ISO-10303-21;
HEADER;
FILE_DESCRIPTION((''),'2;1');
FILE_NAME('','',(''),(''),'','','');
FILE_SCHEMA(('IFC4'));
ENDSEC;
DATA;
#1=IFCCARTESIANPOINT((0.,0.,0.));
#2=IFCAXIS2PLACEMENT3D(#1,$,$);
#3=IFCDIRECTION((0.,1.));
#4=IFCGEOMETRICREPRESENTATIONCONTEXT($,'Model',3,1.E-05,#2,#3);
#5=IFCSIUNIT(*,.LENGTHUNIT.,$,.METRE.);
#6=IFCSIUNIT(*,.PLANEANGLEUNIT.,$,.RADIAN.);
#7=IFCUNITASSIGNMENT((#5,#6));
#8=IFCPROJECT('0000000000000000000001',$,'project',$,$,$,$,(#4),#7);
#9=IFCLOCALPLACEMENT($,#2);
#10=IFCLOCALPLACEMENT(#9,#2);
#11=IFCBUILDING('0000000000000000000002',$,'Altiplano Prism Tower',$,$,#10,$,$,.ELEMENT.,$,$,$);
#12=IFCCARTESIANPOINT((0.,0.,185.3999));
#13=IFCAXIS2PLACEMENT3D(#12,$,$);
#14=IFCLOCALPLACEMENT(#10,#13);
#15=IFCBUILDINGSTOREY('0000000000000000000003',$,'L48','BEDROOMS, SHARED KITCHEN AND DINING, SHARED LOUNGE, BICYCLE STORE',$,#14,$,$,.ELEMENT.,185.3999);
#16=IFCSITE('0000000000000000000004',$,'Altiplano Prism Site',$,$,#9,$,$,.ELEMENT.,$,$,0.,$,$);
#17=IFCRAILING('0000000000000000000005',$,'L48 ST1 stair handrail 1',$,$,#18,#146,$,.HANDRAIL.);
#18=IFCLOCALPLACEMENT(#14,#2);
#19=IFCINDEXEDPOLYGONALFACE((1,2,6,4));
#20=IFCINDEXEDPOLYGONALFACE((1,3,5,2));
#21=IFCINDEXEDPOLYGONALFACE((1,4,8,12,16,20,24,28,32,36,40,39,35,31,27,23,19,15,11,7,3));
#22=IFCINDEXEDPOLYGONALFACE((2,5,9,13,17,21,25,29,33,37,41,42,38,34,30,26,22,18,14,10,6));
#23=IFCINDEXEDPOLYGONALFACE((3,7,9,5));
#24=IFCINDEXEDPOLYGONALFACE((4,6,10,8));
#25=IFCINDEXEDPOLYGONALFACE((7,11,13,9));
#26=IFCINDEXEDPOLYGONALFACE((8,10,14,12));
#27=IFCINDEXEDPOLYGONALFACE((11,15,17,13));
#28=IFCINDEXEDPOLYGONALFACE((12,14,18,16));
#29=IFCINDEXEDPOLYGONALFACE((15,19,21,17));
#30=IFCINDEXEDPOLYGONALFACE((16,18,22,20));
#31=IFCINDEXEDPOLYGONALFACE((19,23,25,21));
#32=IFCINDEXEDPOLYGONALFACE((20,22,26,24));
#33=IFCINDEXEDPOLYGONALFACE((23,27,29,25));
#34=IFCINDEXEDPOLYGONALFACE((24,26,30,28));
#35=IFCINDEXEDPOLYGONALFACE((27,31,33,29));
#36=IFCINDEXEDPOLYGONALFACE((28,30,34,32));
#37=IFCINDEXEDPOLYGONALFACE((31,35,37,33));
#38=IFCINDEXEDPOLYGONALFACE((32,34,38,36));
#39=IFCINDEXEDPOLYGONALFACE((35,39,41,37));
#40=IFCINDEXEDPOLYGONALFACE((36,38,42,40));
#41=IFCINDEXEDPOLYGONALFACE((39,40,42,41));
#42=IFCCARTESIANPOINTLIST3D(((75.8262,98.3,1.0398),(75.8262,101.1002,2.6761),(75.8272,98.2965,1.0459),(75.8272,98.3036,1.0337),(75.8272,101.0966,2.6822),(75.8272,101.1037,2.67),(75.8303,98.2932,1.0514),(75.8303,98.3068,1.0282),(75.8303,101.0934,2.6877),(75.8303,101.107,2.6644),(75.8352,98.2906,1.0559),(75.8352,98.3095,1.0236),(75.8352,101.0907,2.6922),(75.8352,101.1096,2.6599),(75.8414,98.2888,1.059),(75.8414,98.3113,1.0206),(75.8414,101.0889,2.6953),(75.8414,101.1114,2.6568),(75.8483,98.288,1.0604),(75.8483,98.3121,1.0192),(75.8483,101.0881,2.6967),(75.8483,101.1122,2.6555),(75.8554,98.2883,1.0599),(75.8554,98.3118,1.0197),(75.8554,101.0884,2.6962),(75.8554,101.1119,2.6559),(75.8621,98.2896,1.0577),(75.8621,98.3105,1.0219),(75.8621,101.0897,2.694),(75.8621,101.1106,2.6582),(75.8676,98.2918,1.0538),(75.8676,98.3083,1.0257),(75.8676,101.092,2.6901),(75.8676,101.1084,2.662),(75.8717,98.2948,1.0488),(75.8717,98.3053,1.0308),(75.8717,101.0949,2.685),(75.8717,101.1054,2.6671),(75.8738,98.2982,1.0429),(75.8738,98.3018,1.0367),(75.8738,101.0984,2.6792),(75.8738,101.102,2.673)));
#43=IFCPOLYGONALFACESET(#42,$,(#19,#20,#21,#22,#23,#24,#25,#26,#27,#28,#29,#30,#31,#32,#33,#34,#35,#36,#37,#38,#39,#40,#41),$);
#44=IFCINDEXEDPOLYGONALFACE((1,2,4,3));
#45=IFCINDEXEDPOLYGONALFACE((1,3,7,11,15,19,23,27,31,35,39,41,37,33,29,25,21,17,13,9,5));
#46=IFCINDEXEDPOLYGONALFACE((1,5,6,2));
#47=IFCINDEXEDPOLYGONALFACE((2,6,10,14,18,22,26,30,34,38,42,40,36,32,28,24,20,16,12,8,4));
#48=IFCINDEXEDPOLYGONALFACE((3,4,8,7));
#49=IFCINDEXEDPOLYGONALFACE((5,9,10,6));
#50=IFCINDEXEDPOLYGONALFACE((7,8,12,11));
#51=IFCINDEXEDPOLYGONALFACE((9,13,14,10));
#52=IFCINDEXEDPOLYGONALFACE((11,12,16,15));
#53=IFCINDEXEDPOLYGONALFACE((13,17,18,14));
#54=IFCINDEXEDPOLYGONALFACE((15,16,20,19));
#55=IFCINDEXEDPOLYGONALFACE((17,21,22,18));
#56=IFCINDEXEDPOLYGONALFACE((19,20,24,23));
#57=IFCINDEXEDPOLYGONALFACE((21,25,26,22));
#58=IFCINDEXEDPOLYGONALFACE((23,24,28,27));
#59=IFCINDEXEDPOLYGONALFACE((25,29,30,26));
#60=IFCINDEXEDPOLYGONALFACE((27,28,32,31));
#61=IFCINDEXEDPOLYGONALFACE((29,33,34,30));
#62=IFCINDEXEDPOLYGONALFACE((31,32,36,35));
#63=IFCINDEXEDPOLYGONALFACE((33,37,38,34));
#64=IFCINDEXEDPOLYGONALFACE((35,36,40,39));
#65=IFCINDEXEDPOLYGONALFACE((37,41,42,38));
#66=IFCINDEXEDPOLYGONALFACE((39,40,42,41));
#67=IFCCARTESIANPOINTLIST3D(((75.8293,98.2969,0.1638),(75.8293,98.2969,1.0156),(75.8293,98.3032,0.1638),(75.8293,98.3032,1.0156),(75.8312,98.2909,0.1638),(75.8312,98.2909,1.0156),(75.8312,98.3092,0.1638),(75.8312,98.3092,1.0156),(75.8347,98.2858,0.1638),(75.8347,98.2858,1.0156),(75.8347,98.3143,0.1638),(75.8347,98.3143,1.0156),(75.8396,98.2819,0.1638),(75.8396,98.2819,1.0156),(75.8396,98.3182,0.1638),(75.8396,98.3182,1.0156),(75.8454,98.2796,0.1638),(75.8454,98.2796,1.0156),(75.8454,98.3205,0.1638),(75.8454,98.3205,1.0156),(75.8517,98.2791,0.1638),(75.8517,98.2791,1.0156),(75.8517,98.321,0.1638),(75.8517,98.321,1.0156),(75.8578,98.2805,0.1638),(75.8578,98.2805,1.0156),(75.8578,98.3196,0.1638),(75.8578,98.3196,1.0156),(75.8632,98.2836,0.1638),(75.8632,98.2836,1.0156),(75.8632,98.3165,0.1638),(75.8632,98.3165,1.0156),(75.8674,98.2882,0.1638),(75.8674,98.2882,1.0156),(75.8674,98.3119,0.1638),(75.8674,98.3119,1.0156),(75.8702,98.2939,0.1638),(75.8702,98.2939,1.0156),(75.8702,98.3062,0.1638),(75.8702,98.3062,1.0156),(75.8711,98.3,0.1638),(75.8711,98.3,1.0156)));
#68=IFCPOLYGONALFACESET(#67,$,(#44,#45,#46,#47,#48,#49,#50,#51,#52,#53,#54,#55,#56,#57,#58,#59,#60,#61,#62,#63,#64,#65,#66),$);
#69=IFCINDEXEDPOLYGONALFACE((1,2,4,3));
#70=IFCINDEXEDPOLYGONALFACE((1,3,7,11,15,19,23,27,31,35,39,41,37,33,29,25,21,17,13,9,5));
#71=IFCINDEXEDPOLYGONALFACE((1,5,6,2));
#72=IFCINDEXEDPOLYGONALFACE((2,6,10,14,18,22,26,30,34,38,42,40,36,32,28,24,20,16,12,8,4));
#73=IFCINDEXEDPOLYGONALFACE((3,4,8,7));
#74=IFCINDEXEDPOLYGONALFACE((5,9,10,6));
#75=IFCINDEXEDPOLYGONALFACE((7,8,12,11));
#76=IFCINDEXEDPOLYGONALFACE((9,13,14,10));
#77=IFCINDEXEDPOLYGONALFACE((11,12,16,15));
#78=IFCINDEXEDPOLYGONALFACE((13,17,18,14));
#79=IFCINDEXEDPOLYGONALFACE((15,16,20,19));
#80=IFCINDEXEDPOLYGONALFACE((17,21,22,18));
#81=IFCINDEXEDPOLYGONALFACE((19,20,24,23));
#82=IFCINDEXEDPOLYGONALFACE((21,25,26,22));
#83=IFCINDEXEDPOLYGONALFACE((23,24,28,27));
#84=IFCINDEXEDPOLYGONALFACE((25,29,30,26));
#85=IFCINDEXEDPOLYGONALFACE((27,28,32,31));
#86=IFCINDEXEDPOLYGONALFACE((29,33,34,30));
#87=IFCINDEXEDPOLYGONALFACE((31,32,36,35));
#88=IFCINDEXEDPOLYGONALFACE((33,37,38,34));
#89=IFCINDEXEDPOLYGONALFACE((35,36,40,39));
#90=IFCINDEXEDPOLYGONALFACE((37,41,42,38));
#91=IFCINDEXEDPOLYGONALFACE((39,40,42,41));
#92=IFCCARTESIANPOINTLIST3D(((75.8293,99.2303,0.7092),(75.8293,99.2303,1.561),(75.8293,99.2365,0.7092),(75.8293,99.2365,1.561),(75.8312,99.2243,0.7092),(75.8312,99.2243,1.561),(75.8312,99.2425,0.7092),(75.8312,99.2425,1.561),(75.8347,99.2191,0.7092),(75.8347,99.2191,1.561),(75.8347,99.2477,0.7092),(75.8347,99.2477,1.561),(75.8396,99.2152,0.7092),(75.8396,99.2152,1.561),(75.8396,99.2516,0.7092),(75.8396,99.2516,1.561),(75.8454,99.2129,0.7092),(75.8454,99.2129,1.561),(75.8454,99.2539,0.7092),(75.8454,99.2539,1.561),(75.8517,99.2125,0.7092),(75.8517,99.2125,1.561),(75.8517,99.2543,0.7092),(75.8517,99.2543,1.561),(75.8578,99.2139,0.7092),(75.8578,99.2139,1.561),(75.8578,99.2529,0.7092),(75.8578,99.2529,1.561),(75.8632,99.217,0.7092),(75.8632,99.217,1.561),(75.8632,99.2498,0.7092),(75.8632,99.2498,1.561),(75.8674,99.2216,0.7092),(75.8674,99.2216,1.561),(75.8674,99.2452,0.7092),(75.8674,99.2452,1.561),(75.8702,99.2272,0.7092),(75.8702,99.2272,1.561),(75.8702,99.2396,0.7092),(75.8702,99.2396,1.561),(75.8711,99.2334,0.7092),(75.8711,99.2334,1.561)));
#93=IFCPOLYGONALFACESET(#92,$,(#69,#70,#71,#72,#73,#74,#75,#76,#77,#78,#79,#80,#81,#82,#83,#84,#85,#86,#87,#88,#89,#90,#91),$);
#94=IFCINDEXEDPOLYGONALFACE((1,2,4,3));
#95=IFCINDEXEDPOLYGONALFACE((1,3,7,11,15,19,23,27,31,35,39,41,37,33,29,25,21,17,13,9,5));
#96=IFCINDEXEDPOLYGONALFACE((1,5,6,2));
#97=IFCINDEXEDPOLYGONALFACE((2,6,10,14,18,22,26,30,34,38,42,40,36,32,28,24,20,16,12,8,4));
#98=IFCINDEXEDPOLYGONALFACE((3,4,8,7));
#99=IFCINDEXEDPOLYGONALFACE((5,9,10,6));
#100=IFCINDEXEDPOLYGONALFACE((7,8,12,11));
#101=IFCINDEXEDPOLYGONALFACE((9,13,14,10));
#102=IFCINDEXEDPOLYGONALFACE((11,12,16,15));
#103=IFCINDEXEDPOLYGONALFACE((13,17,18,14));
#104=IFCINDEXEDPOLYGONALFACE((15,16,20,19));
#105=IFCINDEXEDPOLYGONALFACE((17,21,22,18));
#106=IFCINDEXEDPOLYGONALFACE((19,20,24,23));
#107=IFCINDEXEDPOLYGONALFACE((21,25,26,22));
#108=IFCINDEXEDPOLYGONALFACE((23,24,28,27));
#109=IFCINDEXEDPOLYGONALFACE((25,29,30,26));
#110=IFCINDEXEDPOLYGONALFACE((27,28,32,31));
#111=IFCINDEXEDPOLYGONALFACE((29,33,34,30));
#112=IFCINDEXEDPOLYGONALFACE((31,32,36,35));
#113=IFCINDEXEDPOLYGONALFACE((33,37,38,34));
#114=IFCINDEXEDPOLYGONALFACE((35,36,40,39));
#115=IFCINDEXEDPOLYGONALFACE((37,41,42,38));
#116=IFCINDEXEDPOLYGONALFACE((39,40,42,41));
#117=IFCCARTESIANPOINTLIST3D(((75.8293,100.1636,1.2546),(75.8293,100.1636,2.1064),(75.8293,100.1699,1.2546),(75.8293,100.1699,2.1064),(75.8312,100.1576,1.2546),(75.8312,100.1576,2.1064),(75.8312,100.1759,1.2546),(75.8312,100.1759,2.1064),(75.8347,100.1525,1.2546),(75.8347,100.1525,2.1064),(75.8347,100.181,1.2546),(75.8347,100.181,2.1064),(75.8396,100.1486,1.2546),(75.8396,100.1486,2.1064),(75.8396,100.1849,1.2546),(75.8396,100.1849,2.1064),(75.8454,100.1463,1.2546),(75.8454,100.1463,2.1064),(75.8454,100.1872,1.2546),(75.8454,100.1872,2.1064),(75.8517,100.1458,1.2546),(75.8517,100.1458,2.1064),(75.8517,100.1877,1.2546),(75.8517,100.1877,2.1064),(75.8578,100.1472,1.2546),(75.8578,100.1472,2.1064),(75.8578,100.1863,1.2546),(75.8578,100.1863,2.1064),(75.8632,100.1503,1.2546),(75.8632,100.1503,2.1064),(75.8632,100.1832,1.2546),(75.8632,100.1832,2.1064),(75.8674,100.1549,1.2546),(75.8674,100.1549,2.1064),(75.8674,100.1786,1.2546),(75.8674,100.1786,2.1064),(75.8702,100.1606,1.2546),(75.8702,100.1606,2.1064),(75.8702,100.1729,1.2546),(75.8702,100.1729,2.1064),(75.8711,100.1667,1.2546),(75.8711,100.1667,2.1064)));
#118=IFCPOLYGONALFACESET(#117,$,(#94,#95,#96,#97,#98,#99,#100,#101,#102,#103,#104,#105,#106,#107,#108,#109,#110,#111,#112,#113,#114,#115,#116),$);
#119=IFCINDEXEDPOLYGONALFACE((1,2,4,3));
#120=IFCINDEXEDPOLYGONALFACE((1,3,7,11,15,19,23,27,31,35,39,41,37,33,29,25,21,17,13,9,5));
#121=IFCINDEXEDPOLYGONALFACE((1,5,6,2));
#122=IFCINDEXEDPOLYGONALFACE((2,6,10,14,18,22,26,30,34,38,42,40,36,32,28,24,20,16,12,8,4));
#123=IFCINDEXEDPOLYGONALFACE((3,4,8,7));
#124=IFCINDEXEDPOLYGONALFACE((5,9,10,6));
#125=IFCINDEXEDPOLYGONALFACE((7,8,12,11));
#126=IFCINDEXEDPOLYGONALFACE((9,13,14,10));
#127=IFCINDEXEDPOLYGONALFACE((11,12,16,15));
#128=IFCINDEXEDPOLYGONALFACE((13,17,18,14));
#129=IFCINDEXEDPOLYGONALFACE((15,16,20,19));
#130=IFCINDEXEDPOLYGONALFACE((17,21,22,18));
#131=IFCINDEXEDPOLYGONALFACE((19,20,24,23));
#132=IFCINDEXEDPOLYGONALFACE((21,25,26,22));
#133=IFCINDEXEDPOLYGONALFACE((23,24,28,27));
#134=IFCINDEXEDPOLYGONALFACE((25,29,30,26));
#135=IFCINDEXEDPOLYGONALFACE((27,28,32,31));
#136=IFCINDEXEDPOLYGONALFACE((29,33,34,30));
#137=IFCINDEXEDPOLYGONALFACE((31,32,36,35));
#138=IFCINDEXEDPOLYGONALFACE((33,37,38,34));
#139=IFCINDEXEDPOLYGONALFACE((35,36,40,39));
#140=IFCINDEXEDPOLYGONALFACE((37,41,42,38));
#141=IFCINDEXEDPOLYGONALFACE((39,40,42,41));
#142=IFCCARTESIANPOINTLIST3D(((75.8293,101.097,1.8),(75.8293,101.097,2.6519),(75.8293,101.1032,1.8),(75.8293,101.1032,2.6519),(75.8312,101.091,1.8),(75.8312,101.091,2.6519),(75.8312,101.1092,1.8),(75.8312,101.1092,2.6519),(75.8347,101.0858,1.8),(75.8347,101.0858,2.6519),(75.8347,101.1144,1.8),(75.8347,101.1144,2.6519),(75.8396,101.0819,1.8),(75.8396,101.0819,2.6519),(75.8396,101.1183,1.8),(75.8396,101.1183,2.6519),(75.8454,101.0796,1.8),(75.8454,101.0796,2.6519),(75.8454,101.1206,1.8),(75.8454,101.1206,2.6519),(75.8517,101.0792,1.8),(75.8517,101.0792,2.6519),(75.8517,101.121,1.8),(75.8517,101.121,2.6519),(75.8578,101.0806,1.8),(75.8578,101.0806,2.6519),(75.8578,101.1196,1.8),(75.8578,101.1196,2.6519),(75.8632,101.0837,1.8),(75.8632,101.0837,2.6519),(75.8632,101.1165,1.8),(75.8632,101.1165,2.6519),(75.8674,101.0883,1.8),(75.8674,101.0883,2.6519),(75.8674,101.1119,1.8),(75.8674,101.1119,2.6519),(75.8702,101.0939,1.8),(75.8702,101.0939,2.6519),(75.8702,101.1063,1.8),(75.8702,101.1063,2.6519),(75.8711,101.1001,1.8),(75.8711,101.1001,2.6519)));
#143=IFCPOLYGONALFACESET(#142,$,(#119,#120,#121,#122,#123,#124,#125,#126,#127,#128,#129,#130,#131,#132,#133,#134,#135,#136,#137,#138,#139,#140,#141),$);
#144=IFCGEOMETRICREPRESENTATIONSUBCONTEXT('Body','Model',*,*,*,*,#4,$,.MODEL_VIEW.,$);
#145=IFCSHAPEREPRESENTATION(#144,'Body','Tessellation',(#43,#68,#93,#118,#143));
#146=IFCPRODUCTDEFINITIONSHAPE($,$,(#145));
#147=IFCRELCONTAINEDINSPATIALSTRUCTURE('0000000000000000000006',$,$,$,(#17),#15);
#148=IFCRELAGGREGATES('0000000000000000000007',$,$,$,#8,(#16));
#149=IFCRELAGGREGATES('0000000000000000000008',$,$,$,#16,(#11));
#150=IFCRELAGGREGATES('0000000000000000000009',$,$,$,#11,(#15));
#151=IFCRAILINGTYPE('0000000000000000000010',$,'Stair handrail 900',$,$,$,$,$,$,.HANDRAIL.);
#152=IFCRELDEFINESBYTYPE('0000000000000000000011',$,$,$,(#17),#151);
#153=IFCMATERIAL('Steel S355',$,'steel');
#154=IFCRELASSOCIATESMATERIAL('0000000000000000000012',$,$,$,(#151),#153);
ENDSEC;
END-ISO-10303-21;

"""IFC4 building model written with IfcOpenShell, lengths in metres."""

from ifc_helpers import new_model, si_unit, direction, frame, origin, origin_2d, place, context, subcontext, project, spatial, circle, extrude, material, type_object, element, save


model = new_model("IFC4")

# Units and contexts
model_context = context("Model", 3, precision=1e-05, world=origin(), true_north=direction((0.0, 1.0)))
body_context = subcontext(model_context, "Body", "Model", "MODEL_VIEW")
ifc_project = project(units=[si_unit("LENGTHUNIT", "METRE"), si_unit("PLANEANGLEUNIT", "RADIAN")], contexts=[model_context])

# Site, building, storey
site_placement = place(None, origin())
site = spatial("IfcSite", under=ifc_project, at=site_placement, Name="Altiplano Prism Site", CompositionType="ELEMENT", RefElevation=0.0)
building_placement = place(site_placement, origin())
building = spatial("IfcBuilding", under=site, at=building_placement, Name="Altiplano Prism Tower", CompositionType="ELEMENT")
storey_placement = place(building_placement, frame((0.0, 0.0, 185.3999)))
storey = spatial("IfcBuildingStorey", under=building, at=storey_placement, Name="L48", Description="BEDROOMS, SHARED KITCHEN AND DINING, SHARED LOUNGE, BICYCLE STORE", CompositionType="ELEMENT", Elevation=185.3999)

# Shared definitions
ifc_material_1 = material(Name="Steel S355", Category="steel")

# Railing
railing_type_1 = type_object("IfcRailingType", Name="Stair handrail 900", PredefinedType="HANDRAIL", material=ifc_material_1)
railing_1_placement = place(storey_placement, frame((75.8501, 98.3, 0.1638)))
element("IfcRailing", 1, at=railing_1_placement, inside=storey, type_object=railing_type_1, Name="L48 ST1 stair handrail 1", PredefinedType="HANDRAIL", context=body_context, shape_type="SweptSolid", body=[
    extrude(circle(Radius=0.0239, at=origin_2d()), frame((0.0, 0.0, 0.876), z_axis=(0.0, 0.863394, 0.504531), x_axis=(-1.0, 0.0, 0.0)), (0.0, 0.0, 1.0), 3.2432),
    extrude(circle(Radius=0.021, at=origin_2d()), origin(), (0.0, 0.0, 1.0), 0.8518),
    extrude(circle(Radius=0.021, at=origin_2d()), frame((0.0, 0.9333, 0.5454)), (0.0, 0.0, 1.0), 0.8518),
    extrude(circle(Radius=0.021, at=origin_2d()), frame((0.0, 1.8667, 1.0908)), (0.0, 0.0, 1.0), 0.8518),
    extrude(circle(Radius=0.021, at=origin_2d()), frame((0.0, 2.8, 1.6362)), (0.0, 0.0, 1.0), 0.8518),
])

save(model, "model.ifc")
